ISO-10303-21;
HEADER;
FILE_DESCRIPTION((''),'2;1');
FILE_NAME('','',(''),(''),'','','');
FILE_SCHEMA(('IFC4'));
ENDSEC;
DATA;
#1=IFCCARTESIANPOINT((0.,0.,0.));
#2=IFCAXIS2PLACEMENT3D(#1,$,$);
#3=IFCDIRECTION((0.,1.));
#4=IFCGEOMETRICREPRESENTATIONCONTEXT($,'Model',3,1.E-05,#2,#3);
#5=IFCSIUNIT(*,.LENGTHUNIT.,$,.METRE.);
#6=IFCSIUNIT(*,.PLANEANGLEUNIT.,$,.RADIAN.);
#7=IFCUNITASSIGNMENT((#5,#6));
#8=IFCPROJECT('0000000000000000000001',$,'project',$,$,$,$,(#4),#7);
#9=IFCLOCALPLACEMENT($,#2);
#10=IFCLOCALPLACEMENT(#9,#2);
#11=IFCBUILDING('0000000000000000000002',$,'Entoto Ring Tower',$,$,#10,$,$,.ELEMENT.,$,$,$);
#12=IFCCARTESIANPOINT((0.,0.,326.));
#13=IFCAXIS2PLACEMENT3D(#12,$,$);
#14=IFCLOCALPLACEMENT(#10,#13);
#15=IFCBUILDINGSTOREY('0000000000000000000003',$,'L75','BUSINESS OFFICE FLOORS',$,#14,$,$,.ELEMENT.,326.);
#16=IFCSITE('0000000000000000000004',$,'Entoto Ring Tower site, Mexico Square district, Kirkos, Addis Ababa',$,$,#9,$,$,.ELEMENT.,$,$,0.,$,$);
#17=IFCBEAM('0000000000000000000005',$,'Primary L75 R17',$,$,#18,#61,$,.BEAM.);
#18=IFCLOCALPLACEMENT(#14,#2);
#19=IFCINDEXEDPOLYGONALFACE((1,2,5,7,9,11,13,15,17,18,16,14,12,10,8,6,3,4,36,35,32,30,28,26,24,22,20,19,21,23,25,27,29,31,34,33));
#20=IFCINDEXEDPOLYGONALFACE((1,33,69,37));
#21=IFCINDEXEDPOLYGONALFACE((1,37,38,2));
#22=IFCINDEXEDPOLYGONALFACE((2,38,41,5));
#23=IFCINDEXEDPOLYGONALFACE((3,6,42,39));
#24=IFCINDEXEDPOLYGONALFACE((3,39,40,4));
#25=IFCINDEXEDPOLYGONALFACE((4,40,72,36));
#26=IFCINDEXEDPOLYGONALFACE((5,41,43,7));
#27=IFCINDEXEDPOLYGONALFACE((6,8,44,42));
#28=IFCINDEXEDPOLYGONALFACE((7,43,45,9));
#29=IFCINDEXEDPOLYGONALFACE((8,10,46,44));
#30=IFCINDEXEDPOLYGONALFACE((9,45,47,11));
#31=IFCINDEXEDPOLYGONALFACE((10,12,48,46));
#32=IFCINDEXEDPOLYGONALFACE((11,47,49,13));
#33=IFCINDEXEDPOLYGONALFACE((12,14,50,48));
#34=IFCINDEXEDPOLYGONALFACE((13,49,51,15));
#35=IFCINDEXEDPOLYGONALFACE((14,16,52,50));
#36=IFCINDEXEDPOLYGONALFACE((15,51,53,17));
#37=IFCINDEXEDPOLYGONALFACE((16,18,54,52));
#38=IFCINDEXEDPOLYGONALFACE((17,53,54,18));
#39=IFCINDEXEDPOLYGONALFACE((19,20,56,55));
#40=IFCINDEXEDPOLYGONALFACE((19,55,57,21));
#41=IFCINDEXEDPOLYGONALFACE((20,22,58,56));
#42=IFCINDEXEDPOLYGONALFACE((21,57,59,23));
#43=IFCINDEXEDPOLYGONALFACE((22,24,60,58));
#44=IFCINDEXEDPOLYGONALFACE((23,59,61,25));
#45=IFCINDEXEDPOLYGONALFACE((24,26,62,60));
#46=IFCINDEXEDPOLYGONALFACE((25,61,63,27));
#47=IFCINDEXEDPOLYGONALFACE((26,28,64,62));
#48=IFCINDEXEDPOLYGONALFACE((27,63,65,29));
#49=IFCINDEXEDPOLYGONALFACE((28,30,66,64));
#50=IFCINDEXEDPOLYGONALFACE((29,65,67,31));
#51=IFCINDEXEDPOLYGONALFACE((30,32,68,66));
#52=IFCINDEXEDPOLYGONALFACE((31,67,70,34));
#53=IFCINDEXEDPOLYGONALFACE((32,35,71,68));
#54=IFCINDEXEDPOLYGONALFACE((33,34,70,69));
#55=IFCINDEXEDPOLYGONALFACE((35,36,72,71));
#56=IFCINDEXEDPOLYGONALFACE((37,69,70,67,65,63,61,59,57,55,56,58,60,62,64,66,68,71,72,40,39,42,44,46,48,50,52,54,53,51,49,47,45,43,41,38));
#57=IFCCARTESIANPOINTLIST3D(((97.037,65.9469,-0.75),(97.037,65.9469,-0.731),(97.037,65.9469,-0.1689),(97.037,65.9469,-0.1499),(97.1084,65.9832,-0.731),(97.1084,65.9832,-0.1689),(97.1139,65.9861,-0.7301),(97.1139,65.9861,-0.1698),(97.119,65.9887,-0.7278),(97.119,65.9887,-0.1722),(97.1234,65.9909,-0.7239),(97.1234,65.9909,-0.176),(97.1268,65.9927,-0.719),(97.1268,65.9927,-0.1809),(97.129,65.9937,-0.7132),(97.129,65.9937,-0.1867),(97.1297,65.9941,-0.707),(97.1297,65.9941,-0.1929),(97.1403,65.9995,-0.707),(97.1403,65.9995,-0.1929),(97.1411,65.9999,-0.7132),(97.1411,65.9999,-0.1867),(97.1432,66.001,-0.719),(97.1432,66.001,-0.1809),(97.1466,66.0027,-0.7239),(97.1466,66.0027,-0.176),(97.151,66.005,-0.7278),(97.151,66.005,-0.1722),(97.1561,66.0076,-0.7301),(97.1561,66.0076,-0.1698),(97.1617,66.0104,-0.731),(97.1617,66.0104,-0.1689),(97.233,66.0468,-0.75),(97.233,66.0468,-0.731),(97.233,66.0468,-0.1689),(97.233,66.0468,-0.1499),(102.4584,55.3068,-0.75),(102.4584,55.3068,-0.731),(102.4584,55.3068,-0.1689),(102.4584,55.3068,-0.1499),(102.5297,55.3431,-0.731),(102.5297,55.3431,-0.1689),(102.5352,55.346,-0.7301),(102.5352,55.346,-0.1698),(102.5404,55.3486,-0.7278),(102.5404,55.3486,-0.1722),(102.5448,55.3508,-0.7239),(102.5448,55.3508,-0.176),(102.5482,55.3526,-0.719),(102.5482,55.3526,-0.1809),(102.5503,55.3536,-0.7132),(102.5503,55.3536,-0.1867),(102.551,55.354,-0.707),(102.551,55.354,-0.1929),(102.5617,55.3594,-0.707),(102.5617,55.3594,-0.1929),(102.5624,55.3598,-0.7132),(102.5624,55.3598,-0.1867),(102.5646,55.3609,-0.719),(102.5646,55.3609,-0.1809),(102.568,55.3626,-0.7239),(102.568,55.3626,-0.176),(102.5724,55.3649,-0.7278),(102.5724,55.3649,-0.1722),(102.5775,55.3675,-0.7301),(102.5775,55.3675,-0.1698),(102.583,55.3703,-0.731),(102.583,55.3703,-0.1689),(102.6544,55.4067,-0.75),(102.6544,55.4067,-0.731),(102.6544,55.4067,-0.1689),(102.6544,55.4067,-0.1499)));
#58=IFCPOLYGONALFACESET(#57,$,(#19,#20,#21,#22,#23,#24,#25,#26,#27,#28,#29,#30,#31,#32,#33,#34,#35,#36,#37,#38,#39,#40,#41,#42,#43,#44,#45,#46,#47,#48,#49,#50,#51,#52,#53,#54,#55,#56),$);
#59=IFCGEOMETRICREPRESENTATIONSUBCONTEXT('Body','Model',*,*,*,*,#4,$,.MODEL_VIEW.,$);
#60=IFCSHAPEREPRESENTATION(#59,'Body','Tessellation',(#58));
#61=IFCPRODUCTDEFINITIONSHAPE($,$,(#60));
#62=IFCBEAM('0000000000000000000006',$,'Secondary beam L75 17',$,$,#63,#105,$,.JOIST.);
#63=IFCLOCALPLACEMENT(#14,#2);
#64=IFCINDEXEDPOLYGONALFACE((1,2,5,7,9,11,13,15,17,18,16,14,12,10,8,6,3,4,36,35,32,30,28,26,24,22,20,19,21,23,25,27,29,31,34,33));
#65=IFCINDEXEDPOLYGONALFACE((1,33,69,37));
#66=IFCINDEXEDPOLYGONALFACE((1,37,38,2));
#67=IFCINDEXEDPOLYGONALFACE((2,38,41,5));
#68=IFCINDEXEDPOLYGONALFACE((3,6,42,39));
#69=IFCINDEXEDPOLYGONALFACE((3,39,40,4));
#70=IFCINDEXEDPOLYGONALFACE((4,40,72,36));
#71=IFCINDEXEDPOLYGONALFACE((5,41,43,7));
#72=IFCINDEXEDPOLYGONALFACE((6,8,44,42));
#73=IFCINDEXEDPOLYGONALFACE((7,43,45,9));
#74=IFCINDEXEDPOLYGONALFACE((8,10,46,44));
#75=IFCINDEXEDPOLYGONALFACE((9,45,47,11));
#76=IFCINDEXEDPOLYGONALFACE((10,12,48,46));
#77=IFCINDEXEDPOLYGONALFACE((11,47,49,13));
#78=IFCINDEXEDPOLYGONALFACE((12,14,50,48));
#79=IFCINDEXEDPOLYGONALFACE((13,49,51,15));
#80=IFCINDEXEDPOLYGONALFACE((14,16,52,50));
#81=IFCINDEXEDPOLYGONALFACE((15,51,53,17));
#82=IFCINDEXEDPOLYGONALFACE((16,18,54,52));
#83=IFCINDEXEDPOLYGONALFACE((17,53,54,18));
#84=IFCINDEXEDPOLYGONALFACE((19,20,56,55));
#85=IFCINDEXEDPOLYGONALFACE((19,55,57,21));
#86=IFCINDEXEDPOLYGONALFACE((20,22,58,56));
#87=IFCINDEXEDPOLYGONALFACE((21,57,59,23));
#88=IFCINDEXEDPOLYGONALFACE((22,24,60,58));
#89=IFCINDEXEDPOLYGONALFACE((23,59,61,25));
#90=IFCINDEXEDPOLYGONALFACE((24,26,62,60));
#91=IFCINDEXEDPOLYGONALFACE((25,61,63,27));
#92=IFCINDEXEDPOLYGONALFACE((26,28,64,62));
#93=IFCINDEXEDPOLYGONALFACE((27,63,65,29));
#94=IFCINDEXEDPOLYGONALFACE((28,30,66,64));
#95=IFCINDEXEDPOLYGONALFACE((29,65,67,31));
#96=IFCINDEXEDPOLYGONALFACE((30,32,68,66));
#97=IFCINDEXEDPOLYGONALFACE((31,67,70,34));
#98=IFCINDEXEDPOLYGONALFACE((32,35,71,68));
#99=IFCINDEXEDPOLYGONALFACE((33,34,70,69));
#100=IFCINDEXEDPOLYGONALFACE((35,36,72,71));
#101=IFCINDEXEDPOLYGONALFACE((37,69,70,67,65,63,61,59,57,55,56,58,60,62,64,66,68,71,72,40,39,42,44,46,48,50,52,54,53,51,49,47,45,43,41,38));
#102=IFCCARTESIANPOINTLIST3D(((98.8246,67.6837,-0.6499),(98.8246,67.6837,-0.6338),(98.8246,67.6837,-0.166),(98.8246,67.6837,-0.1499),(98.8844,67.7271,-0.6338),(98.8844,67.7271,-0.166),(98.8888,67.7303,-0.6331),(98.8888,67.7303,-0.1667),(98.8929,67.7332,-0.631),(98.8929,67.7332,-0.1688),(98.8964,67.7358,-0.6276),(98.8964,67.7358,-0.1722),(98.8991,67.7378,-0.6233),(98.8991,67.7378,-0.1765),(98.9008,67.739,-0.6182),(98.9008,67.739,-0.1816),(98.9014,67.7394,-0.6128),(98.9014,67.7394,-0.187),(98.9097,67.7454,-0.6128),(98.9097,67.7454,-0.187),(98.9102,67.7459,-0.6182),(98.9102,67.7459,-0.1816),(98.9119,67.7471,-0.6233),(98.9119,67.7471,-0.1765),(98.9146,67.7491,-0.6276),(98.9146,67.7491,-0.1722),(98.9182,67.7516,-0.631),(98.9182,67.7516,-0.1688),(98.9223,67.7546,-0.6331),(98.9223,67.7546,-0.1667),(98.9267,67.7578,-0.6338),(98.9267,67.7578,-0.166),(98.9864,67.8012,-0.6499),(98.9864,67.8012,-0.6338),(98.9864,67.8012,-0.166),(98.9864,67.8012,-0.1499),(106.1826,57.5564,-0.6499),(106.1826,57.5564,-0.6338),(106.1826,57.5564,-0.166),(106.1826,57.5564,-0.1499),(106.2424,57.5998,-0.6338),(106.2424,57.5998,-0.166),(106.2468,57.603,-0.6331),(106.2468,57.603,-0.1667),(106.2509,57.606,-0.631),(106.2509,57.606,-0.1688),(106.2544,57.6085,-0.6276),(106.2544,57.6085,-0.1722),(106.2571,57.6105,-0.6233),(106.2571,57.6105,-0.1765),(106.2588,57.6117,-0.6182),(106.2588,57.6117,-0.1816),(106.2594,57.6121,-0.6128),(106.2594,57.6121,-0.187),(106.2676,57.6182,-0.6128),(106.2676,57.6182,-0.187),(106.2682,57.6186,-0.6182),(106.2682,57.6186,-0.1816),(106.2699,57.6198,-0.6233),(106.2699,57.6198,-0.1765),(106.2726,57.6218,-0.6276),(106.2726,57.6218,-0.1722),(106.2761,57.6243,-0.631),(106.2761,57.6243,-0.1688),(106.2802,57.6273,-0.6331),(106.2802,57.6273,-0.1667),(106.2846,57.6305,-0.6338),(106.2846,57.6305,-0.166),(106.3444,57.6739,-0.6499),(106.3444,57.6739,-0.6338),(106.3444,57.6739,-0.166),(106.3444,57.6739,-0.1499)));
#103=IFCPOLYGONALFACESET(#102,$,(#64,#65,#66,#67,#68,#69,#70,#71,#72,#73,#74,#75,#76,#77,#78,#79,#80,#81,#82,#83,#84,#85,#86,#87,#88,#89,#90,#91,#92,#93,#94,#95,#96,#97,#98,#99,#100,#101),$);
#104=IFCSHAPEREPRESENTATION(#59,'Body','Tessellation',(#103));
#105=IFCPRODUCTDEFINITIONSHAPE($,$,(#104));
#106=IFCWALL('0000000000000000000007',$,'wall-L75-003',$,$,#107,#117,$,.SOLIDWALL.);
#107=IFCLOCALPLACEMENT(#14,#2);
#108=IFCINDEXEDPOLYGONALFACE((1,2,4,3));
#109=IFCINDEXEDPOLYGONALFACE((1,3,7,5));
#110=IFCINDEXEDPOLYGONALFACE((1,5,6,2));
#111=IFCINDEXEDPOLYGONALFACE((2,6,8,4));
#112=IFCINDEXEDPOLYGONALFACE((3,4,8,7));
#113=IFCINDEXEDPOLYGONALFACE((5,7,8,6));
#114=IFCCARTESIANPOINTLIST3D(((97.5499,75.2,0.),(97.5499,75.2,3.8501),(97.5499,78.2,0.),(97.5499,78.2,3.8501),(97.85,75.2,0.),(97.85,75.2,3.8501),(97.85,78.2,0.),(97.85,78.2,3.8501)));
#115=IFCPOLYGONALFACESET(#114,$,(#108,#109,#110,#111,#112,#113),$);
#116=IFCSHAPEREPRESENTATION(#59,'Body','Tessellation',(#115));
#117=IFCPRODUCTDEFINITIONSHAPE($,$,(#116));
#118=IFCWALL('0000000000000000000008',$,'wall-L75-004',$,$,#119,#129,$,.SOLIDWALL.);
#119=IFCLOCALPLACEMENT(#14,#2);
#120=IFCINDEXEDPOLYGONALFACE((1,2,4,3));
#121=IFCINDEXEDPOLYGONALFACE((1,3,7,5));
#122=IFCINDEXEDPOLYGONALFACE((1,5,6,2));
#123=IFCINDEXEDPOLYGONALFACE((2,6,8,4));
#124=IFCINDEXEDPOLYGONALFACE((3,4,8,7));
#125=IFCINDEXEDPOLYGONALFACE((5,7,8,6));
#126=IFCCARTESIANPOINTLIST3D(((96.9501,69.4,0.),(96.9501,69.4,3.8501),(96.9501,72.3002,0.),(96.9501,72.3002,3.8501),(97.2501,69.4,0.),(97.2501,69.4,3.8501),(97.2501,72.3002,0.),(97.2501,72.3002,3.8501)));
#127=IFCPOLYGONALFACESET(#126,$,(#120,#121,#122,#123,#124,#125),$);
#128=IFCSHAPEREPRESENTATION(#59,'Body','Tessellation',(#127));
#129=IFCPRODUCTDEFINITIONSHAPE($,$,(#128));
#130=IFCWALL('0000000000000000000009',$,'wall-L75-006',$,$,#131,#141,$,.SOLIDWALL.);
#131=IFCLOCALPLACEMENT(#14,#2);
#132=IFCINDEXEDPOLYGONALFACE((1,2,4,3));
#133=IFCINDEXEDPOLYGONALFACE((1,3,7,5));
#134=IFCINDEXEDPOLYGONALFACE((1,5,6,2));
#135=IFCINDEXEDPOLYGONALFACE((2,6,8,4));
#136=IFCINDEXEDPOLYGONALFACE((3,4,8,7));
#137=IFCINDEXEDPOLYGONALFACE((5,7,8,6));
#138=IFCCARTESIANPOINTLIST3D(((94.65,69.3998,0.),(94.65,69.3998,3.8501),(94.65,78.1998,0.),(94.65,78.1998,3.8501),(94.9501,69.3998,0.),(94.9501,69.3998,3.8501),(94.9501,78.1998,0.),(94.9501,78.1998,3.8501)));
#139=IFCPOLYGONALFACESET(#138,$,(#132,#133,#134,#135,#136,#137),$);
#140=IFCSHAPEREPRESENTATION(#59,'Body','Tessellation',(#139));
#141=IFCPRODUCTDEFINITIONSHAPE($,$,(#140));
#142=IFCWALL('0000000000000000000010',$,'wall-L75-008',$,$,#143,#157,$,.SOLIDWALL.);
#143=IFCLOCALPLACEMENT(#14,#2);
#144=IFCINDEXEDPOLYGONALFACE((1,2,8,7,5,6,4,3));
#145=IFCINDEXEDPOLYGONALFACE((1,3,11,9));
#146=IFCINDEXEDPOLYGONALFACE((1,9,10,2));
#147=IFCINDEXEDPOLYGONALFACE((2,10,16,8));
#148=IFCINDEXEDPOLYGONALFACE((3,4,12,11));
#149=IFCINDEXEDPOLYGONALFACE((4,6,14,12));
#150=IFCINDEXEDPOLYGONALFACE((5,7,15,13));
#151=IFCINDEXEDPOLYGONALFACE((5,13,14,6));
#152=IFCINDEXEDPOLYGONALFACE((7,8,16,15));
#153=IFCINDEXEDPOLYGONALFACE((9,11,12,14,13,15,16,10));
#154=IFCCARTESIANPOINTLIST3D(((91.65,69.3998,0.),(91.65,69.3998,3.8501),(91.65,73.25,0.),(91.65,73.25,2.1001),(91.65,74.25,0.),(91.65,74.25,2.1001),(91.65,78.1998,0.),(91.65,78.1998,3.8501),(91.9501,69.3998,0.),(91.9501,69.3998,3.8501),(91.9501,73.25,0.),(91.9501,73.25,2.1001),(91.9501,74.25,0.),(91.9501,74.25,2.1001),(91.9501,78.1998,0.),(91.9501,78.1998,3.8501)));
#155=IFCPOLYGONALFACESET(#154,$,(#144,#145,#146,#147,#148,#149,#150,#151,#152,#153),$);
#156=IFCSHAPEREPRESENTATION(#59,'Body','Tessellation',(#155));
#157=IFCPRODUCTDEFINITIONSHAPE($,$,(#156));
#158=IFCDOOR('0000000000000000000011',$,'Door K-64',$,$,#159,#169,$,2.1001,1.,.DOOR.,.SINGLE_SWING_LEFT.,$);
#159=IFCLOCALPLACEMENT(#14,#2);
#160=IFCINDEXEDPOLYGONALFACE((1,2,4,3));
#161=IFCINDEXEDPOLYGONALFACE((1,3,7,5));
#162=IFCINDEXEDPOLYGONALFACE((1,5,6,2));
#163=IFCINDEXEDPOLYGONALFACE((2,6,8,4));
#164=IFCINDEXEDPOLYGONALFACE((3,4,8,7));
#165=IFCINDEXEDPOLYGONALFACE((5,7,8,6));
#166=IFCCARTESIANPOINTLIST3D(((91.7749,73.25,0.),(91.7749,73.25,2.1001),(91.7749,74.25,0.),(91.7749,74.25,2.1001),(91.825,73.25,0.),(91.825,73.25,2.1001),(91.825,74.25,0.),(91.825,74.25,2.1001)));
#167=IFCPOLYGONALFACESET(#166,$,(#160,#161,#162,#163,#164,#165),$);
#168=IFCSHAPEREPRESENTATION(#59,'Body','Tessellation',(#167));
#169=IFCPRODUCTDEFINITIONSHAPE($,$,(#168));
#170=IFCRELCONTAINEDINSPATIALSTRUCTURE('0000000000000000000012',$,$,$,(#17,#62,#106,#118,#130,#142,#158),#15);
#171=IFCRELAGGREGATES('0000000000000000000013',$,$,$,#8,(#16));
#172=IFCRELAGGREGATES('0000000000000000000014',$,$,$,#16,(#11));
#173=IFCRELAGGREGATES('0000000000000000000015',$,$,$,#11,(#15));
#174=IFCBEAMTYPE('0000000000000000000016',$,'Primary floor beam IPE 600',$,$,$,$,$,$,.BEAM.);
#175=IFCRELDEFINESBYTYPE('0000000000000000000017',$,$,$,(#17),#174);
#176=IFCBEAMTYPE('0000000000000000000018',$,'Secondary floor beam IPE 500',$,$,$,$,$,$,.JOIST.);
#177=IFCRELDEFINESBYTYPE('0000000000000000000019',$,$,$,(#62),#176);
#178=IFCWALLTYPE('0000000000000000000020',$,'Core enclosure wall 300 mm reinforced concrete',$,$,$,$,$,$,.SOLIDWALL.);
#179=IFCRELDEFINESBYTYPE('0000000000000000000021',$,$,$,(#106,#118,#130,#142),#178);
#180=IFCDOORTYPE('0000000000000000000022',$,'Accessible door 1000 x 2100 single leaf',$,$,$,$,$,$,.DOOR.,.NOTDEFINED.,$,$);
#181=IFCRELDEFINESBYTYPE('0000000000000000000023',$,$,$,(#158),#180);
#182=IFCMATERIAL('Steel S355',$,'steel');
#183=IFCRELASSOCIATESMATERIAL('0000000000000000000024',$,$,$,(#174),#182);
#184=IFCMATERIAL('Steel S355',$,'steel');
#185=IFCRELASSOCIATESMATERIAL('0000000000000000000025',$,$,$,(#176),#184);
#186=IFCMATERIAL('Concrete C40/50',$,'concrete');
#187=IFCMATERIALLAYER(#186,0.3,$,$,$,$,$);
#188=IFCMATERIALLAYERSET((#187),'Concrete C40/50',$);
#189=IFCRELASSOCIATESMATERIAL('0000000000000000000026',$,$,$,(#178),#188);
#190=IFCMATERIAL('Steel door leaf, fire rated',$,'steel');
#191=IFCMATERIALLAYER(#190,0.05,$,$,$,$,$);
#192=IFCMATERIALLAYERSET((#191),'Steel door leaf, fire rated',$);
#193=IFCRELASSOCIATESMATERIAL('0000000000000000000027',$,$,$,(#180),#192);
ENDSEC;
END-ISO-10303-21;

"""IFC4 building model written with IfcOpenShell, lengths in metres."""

from ifc_helpers import new_model, si_unit, direction, frame, frame_2d, origin, origin_2d, place, context, subcontext, project, spatial, rectangle, i_section, extrude, material, layer, layer_set, material_profile, profile_set, type_object, element, fill, save


model = new_model("IFC4")

# Units and contexts
model_context = context("Model", 3, precision=1e-05, world=origin(), true_north=direction((0.0, 1.0)))
body_context = subcontext(model_context, "Body", "Model", "MODEL_VIEW")
ifc_project = project(units=[si_unit("LENGTHUNIT", "METRE"), si_unit("PLANEANGLEUNIT", "RADIAN")], contexts=[model_context])

# Site, building, storey
site_placement = place(None, origin())
site = spatial("IfcSite", under=ifc_project, at=site_placement, Name="Entoto Ring Tower site, Mexico Square district, Kirkos, Addis Ababa", CompositionType="ELEMENT", RefElevation=0.0)
building_placement = place(site_placement, origin())
building = spatial("IfcBuilding", under=site, at=building_placement, Name="Entoto Ring Tower", CompositionType="ELEMENT")
storey_placement = place(building_placement, frame((0.0, 0.0, 326.0)))
storey = spatial("IfcBuildingStorey", under=building, at=storey_placement, Name="L75", Description="BUSINESS OFFICE FLOORS", CompositionType="ELEMENT", Elevation=326.0)

# Beams
ifc_material_1 = material(Name="Steel S355", Category="steel")
ifc_material_profile_1 = material_profile(ifc_material_1, i_section(OverallWidth=0.22, OverallDepth=0.6001, WebThickness=0.012, FlangeThickness=0.019, FilletRadius=0.0239, at=origin_2d()), Name="IPE 600")
ifc_profile_set_1 = profile_set([ifc_material_profile_1], Name="Steel S355")
beam_type_1 = type_object("IfcBeamType", Name="Primary floor beam IPE 600", PredefinedType="BEAM", material=ifc_profile_set_1)
beam_1_placement = place(storey_placement, frame((97.135, 65.9968, -0.45), z_axis=(0.453988, -0.891008, 0.0), x_axis=(0.891008, 0.453988, 0.0)))
element("IfcBeam", 1, at=beam_1_placement, inside=storey, type_object=beam_type_1, Name="Primary L75 R17", PredefinedType="BEAM", context=body_context, shape_type="SweptSolid", body=[
    extrude(i_section(OverallWidth=0.22, OverallDepth=0.6001, WebThickness=0.012, FlangeThickness=0.019, FilletRadius=0.0239, at=origin_2d()), origin(), (0.0, 0.0, 1.0), 11.9417),
])
ifc_material_2 = material(Name="Steel S355", Category="steel")
ifc_material_profile_2 = material_profile(ifc_material_2, i_section(OverallWidth=0.2, OverallDepth=0.5, WebThickness=0.0103, FlangeThickness=0.0161, FilletRadius=0.021, at=origin_2d()), Name="IPE 500")
ifc_profile_set_2 = profile_set([ifc_material_profile_2], Name="Steel S355")
beam_type_2 = type_object("IfcBeamType", Name="Secondary floor beam IPE 500", PredefinedType="JOIST", material=ifc_profile_set_2)
beam_2_placement = place(storey_placement, frame((98.9055, 67.7424, -0.3999), z_axis=(0.587789, -0.809014, 0.0), x_axis=(0.809014, 0.587789, 0.0)))
element("IfcBeam", 2, at=beam_2_placement, inside=storey, type_object=beam_type_2, Name="Secondary beam L75 17", PredefinedType="JOIST", context=body_context, shape_type="SweptSolid", body=[
    extrude(i_section(OverallWidth=0.2, OverallDepth=0.5, WebThickness=0.0103, FlangeThickness=0.0161, FilletRadius=0.021, at=origin_2d()), origin(), (0.0, 0.0, 1.0), 12.5181),
])

# Walls
ifc_material_3 = material(Name="Concrete C40/50", Category="concrete")
ifc_layer_1 = layer(ifc_material_3, 0.3)
ifc_layer_set_1 = layer_set([ifc_layer_1], Name="Concrete C40/50")
wall_type_1 = type_object("IfcWallType", Name="Core enclosure wall 300 mm reinforced concrete", PredefinedType="SOLIDWALL", material=ifc_layer_set_1)
wall_1_placement = place(storey_placement, frame((97.7, 75.2, 0.0), z_axis=(0.0, 0.0, 1.0), x_axis=(0.0, 1.0, 0.0)))
element("IfcWall", 3, at=wall_1_placement, inside=storey, type_object=wall_type_1, Name="wall-L75-003", PredefinedType="SOLIDWALL", context=body_context, shape_type="SweptSolid", body=[
    extrude(rectangle(XDim=3.0, YDim=0.3, at=frame_2d((1.5, 0.0))), origin(), (0.0, 0.0, 1.0), 3.8501),
])
wall_2_placement = place(storey_placement, frame((97.1001, 69.3999, 0.0), z_axis=(0.0, 0.0, 1.0), x_axis=(0.0, 1.0, 0.0)))
element("IfcWall", 4, at=wall_2_placement, inside=storey, type_object=wall_type_1, Name="wall-L75-004", PredefinedType="SOLIDWALL", context=body_context, shape_type="SweptSolid", body=[
    extrude(rectangle(XDim=2.9001, YDim=0.3, at=frame_2d((1.4502, 0.0))), origin(), (0.0, 0.0, 1.0), 3.8501),
])
wall_3_placement = place(storey_placement, frame((94.8, 69.3999, 0.0), z_axis=(0.0, 0.0, 1.0), x_axis=(0.0, 1.0, 0.0)))
element("IfcWall", 5, at=wall_3_placement, inside=storey, type_object=wall_type_1, Name="wall-L75-006", PredefinedType="SOLIDWALL", context=body_context, shape_type="SweptSolid", body=[
    extrude(rectangle(XDim=8.8, YDim=0.3, at=frame_2d((4.3999, 0.0))), origin(), (0.0, 0.0, 1.0), 3.8501),
])

# Wall, opening, door
wall_4_placement = place(storey_placement, frame((91.8, 69.3999, 0.0), z_axis=(0.0, 0.0, 1.0), x_axis=(0.0, 1.0, 0.0)))
wall_4 = element("IfcWall", 6, at=wall_4_placement, inside=storey, type_object=wall_type_1, Name="wall-L75-008", PredefinedType="SOLIDWALL", context=body_context, shape_type="SweptSolid", body=[
    extrude(rectangle(XDim=8.8, YDim=0.3, at=frame_2d((4.3999, 0.0))), origin(), (0.0, 0.0, 1.0), 3.8501),
])
opening_1_placement = place(wall_4_placement, frame((3.8501, 0.0, 0.0)))
opening_1 = element("IfcOpeningElement", 7, at=opening_1_placement, cuts=wall_4, PredefinedType="OPENING", context=body_context, shape_type="SweptSolid", body=[
    extrude(rectangle(XDim=1.0, YDim=2.1001, at=frame_2d((0.5, 1.05))), frame((0.0, 0.1602, 0.0), z_axis=(0.0, -1.0, 0.0), x_axis=(1.0, 0.0, 0.0)), (0.0, 0.0, 1.0), 0.3201),
])
ifc_material_4 = material(Name="Steel door leaf, fire rated", Category="steel")
ifc_layer_2 = layer(ifc_material_4, 0.05)
ifc_layer_set_2 = layer_set([ifc_layer_2], Name="Steel door leaf, fire rated")
door_type_1 = type_object("IfcDoorType", Name="Accessible door 1000 x 2100 single leaf", OperationType="NOTDEFINED", PredefinedType="DOOR", material=ifc_layer_set_2)
door_1_placement = place(opening_1_placement, frame((1.0, 0.0, 0.0), z_axis=(0.0, 0.0, 1.0), x_axis=(-1.0, 0.0, 0.0)))
door_1 = element("IfcDoor", 8, at=door_1_placement, inside=storey, type_object=door_type_1, Name="Door K-64", OperationType="SINGLE_SWING_LEFT", OverallHeight=2.1001, OverallWidth=1.0, PredefinedType="DOOR", context=body_context, shape_type="SweptSolid", body=[
    extrude(rectangle(XDim=1.0, YDim=2.1001, at=frame_2d((0.5, 1.05))), frame((0.0, 0.0249, 0.0), z_axis=(0.0, -1.0, 0.0), x_axis=(1.0, 0.0, 0.0)), (0.0, 0.0, 1.0), 0.05),
])
fill(opening_1, door_1)

save(model, "model.ifc")
